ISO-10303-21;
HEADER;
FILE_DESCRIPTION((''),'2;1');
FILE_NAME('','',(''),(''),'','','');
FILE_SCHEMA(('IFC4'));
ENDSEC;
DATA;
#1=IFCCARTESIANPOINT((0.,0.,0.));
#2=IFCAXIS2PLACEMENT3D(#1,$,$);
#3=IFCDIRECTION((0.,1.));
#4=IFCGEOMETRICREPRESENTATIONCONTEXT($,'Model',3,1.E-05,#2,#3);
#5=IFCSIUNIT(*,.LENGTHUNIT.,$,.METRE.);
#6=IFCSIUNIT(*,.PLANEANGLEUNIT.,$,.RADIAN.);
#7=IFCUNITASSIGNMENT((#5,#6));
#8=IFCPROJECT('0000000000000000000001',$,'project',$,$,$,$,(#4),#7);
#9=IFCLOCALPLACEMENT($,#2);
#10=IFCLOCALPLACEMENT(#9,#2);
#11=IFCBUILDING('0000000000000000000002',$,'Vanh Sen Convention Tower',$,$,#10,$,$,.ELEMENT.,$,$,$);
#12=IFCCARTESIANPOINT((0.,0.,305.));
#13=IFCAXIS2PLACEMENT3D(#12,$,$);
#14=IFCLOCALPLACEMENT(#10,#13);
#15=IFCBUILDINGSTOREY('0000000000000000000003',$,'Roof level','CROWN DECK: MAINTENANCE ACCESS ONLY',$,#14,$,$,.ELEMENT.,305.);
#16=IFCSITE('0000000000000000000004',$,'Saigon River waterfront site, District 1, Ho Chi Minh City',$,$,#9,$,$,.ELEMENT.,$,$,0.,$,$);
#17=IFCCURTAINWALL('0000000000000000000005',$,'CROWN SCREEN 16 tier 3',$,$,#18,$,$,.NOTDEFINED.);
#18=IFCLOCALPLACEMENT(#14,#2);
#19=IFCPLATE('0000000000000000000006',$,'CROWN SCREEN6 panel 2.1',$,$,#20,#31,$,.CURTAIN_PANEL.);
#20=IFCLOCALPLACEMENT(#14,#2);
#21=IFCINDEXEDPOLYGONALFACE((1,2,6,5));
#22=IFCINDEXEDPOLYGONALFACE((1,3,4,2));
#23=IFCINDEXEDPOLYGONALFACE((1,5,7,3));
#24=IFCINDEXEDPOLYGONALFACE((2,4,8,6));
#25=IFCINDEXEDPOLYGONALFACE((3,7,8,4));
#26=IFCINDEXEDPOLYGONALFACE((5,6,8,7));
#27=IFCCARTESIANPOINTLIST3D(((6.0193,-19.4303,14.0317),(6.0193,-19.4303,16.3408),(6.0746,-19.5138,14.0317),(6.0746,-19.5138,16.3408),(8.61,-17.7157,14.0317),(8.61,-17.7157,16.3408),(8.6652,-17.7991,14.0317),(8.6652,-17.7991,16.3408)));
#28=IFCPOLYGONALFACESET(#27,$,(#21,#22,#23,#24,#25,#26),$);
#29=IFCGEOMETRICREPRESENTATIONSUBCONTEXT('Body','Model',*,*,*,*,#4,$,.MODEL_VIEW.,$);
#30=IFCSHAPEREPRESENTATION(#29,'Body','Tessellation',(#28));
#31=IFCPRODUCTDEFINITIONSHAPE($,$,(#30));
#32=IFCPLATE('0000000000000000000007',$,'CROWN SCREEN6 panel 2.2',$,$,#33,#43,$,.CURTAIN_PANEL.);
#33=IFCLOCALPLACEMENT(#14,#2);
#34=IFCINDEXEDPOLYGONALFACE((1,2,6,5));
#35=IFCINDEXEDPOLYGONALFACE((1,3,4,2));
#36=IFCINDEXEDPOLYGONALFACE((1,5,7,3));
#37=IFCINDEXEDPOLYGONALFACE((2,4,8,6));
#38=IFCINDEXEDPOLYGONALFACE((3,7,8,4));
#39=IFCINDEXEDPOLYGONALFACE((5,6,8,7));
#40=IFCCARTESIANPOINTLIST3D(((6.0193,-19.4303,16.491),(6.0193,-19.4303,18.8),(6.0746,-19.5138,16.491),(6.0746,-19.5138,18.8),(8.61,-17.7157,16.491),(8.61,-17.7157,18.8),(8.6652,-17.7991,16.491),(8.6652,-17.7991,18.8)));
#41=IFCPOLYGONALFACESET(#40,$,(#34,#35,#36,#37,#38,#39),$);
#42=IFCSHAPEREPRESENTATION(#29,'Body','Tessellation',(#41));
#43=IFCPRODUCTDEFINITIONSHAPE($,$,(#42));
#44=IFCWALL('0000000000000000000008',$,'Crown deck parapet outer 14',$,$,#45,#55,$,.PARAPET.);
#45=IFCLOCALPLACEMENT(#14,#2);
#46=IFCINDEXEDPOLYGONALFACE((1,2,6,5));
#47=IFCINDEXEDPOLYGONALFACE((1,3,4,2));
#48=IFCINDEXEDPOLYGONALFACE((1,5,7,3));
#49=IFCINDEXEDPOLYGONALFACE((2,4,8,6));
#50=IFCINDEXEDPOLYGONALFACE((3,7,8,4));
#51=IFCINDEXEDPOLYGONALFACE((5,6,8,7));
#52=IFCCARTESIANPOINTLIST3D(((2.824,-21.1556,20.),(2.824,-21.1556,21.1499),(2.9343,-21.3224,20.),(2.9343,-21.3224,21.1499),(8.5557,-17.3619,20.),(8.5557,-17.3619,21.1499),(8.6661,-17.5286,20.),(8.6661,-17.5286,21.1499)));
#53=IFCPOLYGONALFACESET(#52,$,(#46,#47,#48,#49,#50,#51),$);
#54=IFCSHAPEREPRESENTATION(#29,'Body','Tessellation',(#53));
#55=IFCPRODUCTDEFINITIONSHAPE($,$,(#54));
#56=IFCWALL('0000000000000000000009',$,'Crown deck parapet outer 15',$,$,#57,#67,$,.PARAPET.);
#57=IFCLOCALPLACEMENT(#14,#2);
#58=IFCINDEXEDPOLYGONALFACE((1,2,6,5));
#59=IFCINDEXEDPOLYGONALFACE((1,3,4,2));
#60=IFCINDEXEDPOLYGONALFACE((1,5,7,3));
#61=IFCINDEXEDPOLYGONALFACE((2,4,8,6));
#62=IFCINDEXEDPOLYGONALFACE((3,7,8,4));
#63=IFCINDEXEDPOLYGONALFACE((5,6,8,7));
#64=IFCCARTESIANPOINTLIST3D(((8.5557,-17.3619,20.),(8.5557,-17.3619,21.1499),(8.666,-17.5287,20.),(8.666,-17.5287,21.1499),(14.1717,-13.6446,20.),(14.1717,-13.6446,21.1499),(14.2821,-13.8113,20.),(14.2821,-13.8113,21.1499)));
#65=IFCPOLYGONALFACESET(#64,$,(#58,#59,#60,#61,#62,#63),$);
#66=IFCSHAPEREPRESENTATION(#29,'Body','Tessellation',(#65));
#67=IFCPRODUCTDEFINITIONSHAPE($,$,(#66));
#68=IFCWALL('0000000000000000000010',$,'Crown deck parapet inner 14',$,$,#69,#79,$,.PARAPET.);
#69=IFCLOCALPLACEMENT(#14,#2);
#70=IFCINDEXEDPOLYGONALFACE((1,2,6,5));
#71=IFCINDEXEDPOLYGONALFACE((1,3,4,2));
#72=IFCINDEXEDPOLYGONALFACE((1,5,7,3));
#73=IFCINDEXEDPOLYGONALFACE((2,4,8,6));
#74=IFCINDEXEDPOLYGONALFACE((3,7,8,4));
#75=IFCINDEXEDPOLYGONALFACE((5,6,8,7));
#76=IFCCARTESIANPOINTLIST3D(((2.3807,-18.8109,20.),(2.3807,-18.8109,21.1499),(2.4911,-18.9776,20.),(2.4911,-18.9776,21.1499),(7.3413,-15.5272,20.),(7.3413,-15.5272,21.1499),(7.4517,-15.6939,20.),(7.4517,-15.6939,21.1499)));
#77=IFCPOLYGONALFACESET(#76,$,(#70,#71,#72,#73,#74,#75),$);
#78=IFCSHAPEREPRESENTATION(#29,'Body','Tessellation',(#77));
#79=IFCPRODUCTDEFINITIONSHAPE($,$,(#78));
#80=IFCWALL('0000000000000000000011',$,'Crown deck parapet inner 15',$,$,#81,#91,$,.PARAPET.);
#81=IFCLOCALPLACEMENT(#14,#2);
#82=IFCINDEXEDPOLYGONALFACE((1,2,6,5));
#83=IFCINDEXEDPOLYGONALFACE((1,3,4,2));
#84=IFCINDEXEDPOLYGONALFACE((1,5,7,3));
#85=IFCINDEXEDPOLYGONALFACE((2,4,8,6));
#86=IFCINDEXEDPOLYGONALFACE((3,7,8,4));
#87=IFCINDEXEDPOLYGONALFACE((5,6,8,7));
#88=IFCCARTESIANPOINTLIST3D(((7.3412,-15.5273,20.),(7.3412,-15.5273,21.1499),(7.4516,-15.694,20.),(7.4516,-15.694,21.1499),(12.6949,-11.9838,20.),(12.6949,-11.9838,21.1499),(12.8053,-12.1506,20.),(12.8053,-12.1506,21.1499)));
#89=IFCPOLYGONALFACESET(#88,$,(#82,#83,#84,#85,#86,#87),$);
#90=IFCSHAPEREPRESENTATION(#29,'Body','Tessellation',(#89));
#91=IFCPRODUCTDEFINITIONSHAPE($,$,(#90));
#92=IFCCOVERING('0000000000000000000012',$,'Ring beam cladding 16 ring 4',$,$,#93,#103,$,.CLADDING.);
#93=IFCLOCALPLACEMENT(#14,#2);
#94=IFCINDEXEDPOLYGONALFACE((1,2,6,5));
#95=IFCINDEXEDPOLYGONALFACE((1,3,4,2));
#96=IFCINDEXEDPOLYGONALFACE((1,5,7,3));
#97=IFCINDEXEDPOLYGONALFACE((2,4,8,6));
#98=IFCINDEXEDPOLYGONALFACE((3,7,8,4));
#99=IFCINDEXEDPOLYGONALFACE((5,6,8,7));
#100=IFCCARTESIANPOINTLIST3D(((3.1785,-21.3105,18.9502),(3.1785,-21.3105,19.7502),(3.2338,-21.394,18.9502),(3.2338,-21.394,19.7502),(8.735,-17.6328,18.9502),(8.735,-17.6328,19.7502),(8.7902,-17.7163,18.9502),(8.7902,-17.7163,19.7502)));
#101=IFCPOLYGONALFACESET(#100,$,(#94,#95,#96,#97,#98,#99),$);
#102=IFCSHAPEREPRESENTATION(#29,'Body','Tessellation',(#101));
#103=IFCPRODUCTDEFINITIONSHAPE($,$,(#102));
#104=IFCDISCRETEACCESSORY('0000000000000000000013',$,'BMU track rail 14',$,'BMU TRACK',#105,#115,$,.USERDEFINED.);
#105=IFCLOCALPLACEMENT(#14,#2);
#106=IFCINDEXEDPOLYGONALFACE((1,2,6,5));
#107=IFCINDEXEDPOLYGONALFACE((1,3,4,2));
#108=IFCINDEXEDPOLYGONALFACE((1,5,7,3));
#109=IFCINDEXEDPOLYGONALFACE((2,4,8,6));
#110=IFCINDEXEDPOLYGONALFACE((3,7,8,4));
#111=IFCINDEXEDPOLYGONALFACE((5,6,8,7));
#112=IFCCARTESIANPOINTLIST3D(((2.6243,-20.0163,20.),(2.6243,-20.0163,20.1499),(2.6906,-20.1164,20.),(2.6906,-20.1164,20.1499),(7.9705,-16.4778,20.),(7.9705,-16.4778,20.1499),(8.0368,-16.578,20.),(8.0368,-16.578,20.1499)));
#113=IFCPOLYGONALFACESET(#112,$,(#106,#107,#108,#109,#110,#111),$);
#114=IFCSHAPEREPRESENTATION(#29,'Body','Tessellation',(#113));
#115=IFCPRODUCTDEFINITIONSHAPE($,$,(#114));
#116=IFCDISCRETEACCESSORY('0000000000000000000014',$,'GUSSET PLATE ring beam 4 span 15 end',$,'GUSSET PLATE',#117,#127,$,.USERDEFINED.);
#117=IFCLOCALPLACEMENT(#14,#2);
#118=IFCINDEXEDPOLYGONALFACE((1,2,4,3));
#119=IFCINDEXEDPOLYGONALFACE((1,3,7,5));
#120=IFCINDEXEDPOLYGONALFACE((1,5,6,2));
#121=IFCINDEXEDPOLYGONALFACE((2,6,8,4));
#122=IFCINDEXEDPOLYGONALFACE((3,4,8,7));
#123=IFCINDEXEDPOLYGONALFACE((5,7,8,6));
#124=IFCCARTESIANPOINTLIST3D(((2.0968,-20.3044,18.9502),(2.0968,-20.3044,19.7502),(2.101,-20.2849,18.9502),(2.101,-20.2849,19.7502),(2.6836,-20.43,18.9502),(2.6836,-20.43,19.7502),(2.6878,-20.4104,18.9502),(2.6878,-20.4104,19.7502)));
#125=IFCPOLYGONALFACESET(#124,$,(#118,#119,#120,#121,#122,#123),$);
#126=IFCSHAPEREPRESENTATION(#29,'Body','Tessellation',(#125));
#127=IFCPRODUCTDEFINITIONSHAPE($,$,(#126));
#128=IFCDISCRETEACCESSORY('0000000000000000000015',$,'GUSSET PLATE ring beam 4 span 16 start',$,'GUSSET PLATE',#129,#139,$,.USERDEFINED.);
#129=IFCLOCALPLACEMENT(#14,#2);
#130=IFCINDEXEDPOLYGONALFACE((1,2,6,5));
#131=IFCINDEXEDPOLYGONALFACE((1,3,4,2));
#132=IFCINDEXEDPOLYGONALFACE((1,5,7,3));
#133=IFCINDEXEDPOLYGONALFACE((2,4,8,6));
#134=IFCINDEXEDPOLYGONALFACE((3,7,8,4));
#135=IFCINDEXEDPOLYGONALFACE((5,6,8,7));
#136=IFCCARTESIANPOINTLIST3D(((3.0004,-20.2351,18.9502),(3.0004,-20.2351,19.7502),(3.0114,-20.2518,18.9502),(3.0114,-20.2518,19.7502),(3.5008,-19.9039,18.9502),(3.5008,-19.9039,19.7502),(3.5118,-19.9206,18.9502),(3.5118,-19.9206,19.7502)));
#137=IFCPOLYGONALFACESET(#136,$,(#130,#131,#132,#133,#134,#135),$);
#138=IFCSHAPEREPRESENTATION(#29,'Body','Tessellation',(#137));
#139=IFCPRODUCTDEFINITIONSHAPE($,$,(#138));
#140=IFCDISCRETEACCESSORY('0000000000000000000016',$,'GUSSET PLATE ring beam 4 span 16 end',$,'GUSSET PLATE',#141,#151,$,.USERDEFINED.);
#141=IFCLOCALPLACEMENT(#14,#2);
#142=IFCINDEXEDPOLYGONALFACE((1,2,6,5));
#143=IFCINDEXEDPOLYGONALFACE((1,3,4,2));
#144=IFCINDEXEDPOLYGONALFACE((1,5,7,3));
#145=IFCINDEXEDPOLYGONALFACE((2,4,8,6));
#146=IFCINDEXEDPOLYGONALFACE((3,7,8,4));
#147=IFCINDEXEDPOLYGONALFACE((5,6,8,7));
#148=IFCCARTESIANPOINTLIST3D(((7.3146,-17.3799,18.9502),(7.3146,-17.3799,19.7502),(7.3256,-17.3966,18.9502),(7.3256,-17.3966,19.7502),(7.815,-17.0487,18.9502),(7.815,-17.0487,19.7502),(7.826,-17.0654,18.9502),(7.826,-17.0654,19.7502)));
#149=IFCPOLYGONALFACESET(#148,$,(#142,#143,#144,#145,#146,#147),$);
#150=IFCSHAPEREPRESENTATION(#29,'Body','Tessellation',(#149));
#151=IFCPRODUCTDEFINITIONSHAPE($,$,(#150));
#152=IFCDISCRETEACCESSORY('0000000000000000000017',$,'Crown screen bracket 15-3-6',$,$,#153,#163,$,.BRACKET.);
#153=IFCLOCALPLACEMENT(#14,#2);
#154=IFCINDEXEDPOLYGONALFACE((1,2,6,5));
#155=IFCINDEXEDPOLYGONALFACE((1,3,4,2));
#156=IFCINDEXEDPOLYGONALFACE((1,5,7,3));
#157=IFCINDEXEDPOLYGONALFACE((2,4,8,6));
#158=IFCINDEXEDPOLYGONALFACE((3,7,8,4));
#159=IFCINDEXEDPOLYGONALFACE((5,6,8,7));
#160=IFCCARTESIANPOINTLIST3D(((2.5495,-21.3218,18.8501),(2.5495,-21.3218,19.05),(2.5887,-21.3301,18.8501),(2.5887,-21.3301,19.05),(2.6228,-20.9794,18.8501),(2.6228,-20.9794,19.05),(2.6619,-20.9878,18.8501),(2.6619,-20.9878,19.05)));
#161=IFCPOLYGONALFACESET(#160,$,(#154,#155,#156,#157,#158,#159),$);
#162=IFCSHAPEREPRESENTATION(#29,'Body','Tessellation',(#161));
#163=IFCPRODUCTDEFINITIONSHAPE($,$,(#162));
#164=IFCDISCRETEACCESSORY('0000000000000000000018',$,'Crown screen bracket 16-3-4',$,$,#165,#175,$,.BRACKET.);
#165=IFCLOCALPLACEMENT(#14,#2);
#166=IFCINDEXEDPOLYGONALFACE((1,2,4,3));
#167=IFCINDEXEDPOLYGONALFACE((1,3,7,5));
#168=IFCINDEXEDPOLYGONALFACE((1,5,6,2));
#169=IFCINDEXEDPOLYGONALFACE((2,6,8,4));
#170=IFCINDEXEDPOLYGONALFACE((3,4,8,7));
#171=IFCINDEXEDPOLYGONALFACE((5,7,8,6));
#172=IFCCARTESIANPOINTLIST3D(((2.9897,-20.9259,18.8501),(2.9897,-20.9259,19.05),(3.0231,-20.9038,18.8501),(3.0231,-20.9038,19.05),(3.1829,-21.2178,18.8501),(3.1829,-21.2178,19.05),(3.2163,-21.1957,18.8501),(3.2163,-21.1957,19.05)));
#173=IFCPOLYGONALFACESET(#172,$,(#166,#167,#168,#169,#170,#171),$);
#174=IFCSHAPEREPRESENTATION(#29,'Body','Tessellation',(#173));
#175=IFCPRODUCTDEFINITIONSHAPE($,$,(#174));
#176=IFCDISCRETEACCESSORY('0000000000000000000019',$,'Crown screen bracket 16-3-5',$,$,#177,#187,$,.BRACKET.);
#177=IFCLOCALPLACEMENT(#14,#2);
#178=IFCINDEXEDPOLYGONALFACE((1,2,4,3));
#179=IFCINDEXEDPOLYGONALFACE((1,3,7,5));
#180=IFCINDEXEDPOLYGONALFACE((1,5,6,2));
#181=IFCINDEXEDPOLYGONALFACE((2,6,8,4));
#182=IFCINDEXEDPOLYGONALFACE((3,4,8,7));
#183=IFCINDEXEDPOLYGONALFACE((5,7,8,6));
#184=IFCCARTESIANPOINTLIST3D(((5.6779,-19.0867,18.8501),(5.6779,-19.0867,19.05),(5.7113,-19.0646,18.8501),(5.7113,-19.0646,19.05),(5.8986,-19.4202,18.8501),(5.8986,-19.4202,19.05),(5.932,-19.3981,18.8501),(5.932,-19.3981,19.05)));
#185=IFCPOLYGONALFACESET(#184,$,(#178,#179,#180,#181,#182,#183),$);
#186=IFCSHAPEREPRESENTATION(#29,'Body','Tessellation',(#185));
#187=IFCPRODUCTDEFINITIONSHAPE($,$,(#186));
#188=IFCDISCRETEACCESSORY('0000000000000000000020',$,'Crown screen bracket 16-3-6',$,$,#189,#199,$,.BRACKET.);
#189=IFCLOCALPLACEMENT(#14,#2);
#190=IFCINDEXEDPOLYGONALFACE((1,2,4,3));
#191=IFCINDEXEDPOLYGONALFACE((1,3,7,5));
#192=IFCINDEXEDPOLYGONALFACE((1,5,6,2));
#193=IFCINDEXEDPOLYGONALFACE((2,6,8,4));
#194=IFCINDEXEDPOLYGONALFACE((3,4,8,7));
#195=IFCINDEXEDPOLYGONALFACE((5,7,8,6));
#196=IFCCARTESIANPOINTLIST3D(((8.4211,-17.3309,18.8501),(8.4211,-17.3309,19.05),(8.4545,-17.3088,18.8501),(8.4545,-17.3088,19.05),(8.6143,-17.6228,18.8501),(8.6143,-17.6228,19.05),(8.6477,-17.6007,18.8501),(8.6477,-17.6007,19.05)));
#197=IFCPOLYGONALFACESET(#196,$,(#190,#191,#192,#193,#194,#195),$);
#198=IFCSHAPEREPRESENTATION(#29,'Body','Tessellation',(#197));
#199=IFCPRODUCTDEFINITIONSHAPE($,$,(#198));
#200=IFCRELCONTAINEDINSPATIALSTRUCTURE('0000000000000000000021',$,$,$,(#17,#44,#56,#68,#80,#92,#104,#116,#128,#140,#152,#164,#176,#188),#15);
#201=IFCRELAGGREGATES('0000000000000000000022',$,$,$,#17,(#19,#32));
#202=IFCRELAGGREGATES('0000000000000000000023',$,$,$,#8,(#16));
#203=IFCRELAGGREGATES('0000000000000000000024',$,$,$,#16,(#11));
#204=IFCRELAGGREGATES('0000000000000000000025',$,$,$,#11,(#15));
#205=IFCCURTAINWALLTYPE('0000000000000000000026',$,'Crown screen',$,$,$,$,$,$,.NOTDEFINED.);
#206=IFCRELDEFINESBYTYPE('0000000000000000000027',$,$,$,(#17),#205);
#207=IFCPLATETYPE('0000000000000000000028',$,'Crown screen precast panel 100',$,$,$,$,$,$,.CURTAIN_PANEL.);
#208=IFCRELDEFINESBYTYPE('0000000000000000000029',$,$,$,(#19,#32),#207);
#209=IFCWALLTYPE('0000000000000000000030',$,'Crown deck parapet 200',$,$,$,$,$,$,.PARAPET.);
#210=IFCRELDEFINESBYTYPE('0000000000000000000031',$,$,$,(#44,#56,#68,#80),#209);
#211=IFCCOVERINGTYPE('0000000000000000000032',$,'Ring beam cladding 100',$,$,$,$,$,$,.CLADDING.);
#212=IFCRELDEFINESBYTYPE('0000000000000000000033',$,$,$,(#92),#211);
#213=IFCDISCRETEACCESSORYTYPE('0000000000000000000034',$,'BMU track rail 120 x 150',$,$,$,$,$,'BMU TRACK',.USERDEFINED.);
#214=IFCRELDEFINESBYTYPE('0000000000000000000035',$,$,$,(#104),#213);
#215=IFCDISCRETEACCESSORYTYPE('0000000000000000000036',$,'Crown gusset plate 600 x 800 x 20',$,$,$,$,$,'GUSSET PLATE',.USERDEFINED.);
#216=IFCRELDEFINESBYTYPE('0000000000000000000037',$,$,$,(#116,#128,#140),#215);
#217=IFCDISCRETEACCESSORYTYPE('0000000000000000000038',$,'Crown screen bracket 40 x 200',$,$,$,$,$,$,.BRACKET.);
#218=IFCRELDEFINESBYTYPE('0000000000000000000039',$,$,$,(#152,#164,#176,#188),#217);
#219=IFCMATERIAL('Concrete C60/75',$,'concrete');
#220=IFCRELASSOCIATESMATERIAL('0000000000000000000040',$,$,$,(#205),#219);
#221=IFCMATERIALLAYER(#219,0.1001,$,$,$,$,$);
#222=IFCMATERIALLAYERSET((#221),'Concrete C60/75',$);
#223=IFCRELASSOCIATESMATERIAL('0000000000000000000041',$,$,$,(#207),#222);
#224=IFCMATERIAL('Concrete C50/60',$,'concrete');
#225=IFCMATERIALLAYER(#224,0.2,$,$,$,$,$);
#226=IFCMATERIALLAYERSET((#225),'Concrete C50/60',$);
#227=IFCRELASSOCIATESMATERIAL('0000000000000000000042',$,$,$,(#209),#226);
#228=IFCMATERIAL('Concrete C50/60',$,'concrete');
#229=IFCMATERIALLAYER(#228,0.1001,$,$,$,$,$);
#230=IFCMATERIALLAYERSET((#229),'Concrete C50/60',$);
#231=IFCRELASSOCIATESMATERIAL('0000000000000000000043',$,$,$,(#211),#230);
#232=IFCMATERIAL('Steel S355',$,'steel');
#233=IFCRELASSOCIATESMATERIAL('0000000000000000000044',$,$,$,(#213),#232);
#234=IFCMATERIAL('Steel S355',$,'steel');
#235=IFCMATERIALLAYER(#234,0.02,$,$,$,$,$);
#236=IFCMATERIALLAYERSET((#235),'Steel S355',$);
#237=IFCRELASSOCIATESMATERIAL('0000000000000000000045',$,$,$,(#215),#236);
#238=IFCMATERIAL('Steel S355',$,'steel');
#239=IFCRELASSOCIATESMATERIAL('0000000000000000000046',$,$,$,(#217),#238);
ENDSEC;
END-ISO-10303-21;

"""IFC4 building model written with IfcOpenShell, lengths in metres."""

from ifc_helpers import new_model, si_unit, direction, frame, frame_2d, origin, origin_2d, place, context, subcontext, project, spatial, rectangle, extrude, material, layer, layer_set, type_object, element, aggregate, save


model = new_model("IFC4")

# Units and contexts
model_context = context("Model", 3, precision=1e-05, world=origin(), true_north=direction((0.0, 1.0)))
body_context = subcontext(model_context, "Body", "Model", "MODEL_VIEW")
ifc_project = project(units=[si_unit("LENGTHUNIT", "METRE"), si_unit("PLANEANGLEUNIT", "RADIAN")], contexts=[model_context])

# Site, building, storey
site_placement = place(None, origin())
site = spatial("IfcSite", under=ifc_project, at=site_placement, Name="Saigon River waterfront site, District 1, Ho Chi Minh City", CompositionType="ELEMENT", RefElevation=0.0)
building_placement = place(site_placement, origin())
building = spatial("IfcBuilding", under=site, at=building_placement, Name="Vanh Sen Convention Tower", CompositionType="ELEMENT")
storey_placement = place(building_placement, frame((0.0, 0.0, 305.0)))
storey = spatial("IfcBuildingStorey", under=building, at=storey_placement, Name="Roof level", Description="CROWN DECK: MAINTENANCE ACCESS ONLY", CompositionType="ELEMENT", Elevation=305.0)

# Curtain wall, plates
ifc_material_1 = material(Name="Concrete C60/75", Category="concrete")
curtain_wall_type = type_object("IfcCurtainWallType", Name="Crown screen", PredefinedType="NOTDEFINED", material=ifc_material_1)
curtain_wall_placement = place(storey_placement, origin())
curtain_wall = element("IfcCurtainWall", 1, at=curtain_wall_placement, inside=storey, type_object=curtain_wall_type, Name="CROWN SCREEN 16 tier 3", PredefinedType="NOTDEFINED")
ifc_layer_1 = layer(ifc_material_1, 0.1001)
ifc_layer_set_1 = layer_set([ifc_layer_1], Name="Concrete C60/75")
plate_type = type_object("IfcPlateType", Name="Crown screen precast panel 100", PredefinedType="CURTAIN_PANEL", material=ifc_layer_set_1)
plate_1_placement = place(storey_placement, frame((7.3423, -18.6147, 14.0317), z_axis=(0.0, 0.0, 1.0), x_axis=(0.83389, 0.55193, 0.0)))
plate_1 = element("IfcPlate", 2, at=plate_1_placement, type_object=plate_type, Name="CROWN SCREEN6 panel 2.1", PredefinedType="CURTAIN_PANEL", context=body_context, shape_type="SweptSolid", body=[
    extrude(rectangle(XDim=3.1067, YDim=0.1001, at=origin_2d()), origin(), (0.0, 0.0, 1.0), 2.3091),
])
plate_2_placement = place(storey_placement, frame((7.3423, -18.6147, 16.491), z_axis=(0.0, 0.0, 1.0), x_axis=(0.83389, 0.55193, 0.0)))
plate_2 = element("IfcPlate", 3, at=plate_2_placement, type_object=plate_type, Name="CROWN SCREEN6 panel 2.2", PredefinedType="CURTAIN_PANEL", context=body_context, shape_type="SweptSolid", body=[
    extrude(rectangle(XDim=3.1067, YDim=0.1001, at=origin_2d()), origin(), (0.0, 0.0, 1.0), 2.3091),
])
aggregate(curtain_wall, [plate_1, plate_2])

# Walls
ifc_material_2 = material(Name="Concrete C50/60", Category="concrete")
ifc_layer_2 = layer(ifc_material_2, 0.2)
ifc_layer_set_2 = layer_set([ifc_layer_2], Name="Concrete C50/60")
wall_type = type_object("IfcWallType", Name="Crown deck parapet 200", PredefinedType="PARAPET", material=ifc_layer_set_2)
wall_1_placement = place(storey_placement, frame((2.8792, -21.239, 20.0), z_axis=(0.0, 0.0, 1.0), x_axis=(0.833887, 0.551935, 0.0)))
element("IfcWall", 4, at=wall_1_placement, inside=storey, type_object=wall_type, Name="Crown deck parapet outer 14", PredefinedType="PARAPET", context=body_context, shape_type="SweptSolid", body=[
    extrude(rectangle(XDim=6.8735, YDim=0.2, at=frame_2d((3.4368, 0.0))), origin(), (0.0, 0.0, 1.0), 1.1499),
])
wall_2_placement = place(storey_placement, frame((8.6108, -17.4453, 20.0), z_axis=(0.0, 0.0, 1.0), x_axis=(0.833875, 0.551953, 0.0)))
element("IfcWall", 5, at=wall_2_placement, inside=storey, type_object=wall_type, Name="Crown deck parapet outer 15", PredefinedType="PARAPET", context=body_context, shape_type="SweptSolid", body=[
    extrude(rectangle(XDim=6.7349, YDim=0.2, at=frame_2d((3.3674, 0.0))), origin(), (0.0, 0.0, 1.0), 1.1499),
])
wall_3_placement = place(storey_placement, frame((2.4358, -18.8943, 20.0), z_axis=(0.0, 0.0, 1.0), x_axis=(0.833864, 0.55197, 0.0)))
element("IfcWall", 6, at=wall_3_placement, inside=storey, type_object=wall_type, Name="Crown deck parapet inner 14", PredefinedType="PARAPET", context=body_context, shape_type="SweptSolid", body=[
    extrude(rectangle(XDim=5.949, YDim=0.2, at=frame_2d((2.9746, 0.0))), origin(), (0.0, 0.0, 1.0), 1.1499),
])
wall_4_placement = place(storey_placement, frame((7.3965, -15.6106, 20.0), z_axis=(0.0, 0.0, 1.0), x_axis=(0.833894, 0.551924, 0.0)))
element("IfcWall", 7, at=wall_4_placement, inside=storey, type_object=wall_type, Name="Crown deck parapet inner 15", PredefinedType="PARAPET", context=body_context, shape_type="SweptSolid", body=[
    extrude(rectangle(XDim=6.4202, YDim=0.2, at=frame_2d((3.21, 0.0))), origin(), (0.0, 0.0, 1.0), 1.1499),
])

# Covering
ifc_material_3 = material(Name="Concrete C50/60", Category="concrete")
ifc_layer_3 = layer(ifc_material_3, 0.1001)
ifc_layer_set_3 = layer_set([ifc_layer_3], Name="Concrete C50/60")
covering_type = type_object("IfcCoveringType", Name="Ring beam cladding 100", PredefinedType="CLADDING", material=ifc_layer_set_3)
covering_placement = place(storey_placement, frame((5.9844, -19.5134, 18.9502), z_axis=(0.0, 0.0, 1.0), x_axis=(0.833891, 0.55193, 0.0)))
element("IfcCovering", 8, at=covering_placement, inside=storey, type_object=covering_type, Name="Ring beam cladding 16 ring 4", PredefinedType="CLADDING", context=body_context, shape_type="SweptSolid", body=[
    extrude(rectangle(XDim=6.6633, YDim=0.1001, at=origin_2d()), origin(), (0.0, 0.0, 1.0), 0.8),
])

# Discrete accessories
ifc_material_4 = material(Name="Steel S355", Category="steel")
discrete_accessory_type_1 = type_object("IfcDiscreteAccessoryType", Name="BMU track rail 120 x 150", ElementType="BMU TRACK", PredefinedType="USERDEFINED", material=ifc_material_4)
discrete_accessory_1_placement = place(storey_placement, frame((5.3306, -18.2971, 20.0), z_axis=(0.0, 0.0, 1.0), x_axis=(0.833895, 0.551922, 0.0)))
element("IfcDiscreteAccessory", 9, at=discrete_accessory_1_placement, inside=storey, type_object=discrete_accessory_type_1, Name="BMU track rail 14", ObjectType="BMU TRACK", PredefinedType="USERDEFINED", context=body_context, shape_type="SweptSolid", body=[
    extrude(rectangle(XDim=6.4111, YDim=0.1201, at=origin_2d()), origin(), (0.0, 0.0, 1.0), 0.1499),
])
ifc_material_5 = material(Name="Steel S355", Category="steel")
ifc_layer_4 = layer(ifc_material_5, 0.02)
ifc_layer_set_4 = layer_set([ifc_layer_4], Name="Steel S355")
discrete_accessory_type_2 = type_object("IfcDiscreteAccessoryType", Name="Crown gusset plate 600 x 800 x 20", ElementType="GUSSET PLATE", PredefinedType="USERDEFINED", material=ifc_layer_set_4)
for number, where, z_axis, x_axis, name in (
    (10, (2.3923, -20.3574, 18.9502), (0.0, 0.0, 1.0), (-0.977865, 0.209236, 0.0), "GUSSET PLATE ring beam 4 span 15 end"),
    (11, (3.2561, -20.0779, 18.9502), (0.0, 0.0, 1.0), (0.833891, 0.55193, 0.0), "GUSSET PLATE ring beam 4 span 16 start"),
    (12, (7.5703, -17.2227, 18.9502), (0.0, 0.0, 1.0), (-0.833891, -0.55193, 0.0), "GUSSET PLATE ring beam 4 span 16 end"),
):
    element("IfcDiscreteAccessory", number, at=place(storey_placement, frame(where, z_axis=z_axis, x_axis=x_axis)), inside=storey, type_object=discrete_accessory_type_2, Name=name, ObjectType="GUSSET PLATE", PredefinedType="USERDEFINED", context=body_context, shape_type="SweptSolid", body=[
        extrude(rectangle(XDim=0.6001, YDim=0.02, at=origin_2d()), origin(), (0.0, 0.0, 1.0), 0.8),
    ])
ifc_material_6 = material(Name="Steel S355", Category="steel")
discrete_accessory_type_3 = type_object("IfcDiscreteAccessoryType", Name="Crown screen bracket 40 x 200", PredefinedType="BRACKET", material=ifc_material_6)
for number, where, z_axis, x_axis, name in (
    (13, (2.6057, -21.1548, 18.8501), (0.0, 0.0, 1.0), (-0.209236, -0.977865, 0.0), "Crown screen bracket 15-3-6"),
    (14, (3.103, -21.0608, 18.8501), (0.0, 0.0, 1.0), (0.55193, -0.833891, 0.0), "Crown screen bracket 16-3-4"),
):
    element("IfcDiscreteAccessory", number, at=place(storey_placement, frame(where, z_axis=z_axis, x_axis=x_axis)), inside=storey, type_object=discrete_accessory_type_3, Name=name, PredefinedType="BRACKET", context=body_context, shape_type="SweptSolid", body=[
        extrude(rectangle(XDim=0.3501, YDim=0.04, at=origin_2d()), origin(), (0.0, 0.0, 1.0), 0.2),
    ])
discrete_accessory_2_placement = place(storey_placement, frame((5.8049, -19.2424, 18.8501), z_axis=(0.0, 0.0, 1.0), x_axis=(0.55193, -0.833891, 0.0)))
element("IfcDiscreteAccessory", 15, at=discrete_accessory_2_placement, inside=storey, type_object=discrete_accessory_type_3, Name="Crown screen bracket 16-3-5", PredefinedType="BRACKET", context=body_context, shape_type="SweptSolid", body=[
    extrude(rectangle(XDim=0.3999, YDim=0.04, at=origin_2d()), origin(), (0.0, 0.0, 1.0), 0.2),
])
discrete_accessory_3_placement = place(storey_placement, frame((8.5344, -17.4658, 18.8501), z_axis=(0.0, 0.0, 1.0), x_axis=(0.55193, -0.833891, 0.0)))
element("IfcDiscreteAccessory", 16, at=discrete_accessory_3_placement, inside=storey, type_object=discrete_accessory_type_3, Name="Crown screen bracket 16-3-6", PredefinedType="BRACKET", context=body_context, shape_type="SweptSolid", body=[
    extrude(rectangle(XDim=0.3501, YDim=0.04, at=origin_2d()), origin(), (0.0, 0.0, 1.0), 0.2),
])

save(model, "model.ifc")
